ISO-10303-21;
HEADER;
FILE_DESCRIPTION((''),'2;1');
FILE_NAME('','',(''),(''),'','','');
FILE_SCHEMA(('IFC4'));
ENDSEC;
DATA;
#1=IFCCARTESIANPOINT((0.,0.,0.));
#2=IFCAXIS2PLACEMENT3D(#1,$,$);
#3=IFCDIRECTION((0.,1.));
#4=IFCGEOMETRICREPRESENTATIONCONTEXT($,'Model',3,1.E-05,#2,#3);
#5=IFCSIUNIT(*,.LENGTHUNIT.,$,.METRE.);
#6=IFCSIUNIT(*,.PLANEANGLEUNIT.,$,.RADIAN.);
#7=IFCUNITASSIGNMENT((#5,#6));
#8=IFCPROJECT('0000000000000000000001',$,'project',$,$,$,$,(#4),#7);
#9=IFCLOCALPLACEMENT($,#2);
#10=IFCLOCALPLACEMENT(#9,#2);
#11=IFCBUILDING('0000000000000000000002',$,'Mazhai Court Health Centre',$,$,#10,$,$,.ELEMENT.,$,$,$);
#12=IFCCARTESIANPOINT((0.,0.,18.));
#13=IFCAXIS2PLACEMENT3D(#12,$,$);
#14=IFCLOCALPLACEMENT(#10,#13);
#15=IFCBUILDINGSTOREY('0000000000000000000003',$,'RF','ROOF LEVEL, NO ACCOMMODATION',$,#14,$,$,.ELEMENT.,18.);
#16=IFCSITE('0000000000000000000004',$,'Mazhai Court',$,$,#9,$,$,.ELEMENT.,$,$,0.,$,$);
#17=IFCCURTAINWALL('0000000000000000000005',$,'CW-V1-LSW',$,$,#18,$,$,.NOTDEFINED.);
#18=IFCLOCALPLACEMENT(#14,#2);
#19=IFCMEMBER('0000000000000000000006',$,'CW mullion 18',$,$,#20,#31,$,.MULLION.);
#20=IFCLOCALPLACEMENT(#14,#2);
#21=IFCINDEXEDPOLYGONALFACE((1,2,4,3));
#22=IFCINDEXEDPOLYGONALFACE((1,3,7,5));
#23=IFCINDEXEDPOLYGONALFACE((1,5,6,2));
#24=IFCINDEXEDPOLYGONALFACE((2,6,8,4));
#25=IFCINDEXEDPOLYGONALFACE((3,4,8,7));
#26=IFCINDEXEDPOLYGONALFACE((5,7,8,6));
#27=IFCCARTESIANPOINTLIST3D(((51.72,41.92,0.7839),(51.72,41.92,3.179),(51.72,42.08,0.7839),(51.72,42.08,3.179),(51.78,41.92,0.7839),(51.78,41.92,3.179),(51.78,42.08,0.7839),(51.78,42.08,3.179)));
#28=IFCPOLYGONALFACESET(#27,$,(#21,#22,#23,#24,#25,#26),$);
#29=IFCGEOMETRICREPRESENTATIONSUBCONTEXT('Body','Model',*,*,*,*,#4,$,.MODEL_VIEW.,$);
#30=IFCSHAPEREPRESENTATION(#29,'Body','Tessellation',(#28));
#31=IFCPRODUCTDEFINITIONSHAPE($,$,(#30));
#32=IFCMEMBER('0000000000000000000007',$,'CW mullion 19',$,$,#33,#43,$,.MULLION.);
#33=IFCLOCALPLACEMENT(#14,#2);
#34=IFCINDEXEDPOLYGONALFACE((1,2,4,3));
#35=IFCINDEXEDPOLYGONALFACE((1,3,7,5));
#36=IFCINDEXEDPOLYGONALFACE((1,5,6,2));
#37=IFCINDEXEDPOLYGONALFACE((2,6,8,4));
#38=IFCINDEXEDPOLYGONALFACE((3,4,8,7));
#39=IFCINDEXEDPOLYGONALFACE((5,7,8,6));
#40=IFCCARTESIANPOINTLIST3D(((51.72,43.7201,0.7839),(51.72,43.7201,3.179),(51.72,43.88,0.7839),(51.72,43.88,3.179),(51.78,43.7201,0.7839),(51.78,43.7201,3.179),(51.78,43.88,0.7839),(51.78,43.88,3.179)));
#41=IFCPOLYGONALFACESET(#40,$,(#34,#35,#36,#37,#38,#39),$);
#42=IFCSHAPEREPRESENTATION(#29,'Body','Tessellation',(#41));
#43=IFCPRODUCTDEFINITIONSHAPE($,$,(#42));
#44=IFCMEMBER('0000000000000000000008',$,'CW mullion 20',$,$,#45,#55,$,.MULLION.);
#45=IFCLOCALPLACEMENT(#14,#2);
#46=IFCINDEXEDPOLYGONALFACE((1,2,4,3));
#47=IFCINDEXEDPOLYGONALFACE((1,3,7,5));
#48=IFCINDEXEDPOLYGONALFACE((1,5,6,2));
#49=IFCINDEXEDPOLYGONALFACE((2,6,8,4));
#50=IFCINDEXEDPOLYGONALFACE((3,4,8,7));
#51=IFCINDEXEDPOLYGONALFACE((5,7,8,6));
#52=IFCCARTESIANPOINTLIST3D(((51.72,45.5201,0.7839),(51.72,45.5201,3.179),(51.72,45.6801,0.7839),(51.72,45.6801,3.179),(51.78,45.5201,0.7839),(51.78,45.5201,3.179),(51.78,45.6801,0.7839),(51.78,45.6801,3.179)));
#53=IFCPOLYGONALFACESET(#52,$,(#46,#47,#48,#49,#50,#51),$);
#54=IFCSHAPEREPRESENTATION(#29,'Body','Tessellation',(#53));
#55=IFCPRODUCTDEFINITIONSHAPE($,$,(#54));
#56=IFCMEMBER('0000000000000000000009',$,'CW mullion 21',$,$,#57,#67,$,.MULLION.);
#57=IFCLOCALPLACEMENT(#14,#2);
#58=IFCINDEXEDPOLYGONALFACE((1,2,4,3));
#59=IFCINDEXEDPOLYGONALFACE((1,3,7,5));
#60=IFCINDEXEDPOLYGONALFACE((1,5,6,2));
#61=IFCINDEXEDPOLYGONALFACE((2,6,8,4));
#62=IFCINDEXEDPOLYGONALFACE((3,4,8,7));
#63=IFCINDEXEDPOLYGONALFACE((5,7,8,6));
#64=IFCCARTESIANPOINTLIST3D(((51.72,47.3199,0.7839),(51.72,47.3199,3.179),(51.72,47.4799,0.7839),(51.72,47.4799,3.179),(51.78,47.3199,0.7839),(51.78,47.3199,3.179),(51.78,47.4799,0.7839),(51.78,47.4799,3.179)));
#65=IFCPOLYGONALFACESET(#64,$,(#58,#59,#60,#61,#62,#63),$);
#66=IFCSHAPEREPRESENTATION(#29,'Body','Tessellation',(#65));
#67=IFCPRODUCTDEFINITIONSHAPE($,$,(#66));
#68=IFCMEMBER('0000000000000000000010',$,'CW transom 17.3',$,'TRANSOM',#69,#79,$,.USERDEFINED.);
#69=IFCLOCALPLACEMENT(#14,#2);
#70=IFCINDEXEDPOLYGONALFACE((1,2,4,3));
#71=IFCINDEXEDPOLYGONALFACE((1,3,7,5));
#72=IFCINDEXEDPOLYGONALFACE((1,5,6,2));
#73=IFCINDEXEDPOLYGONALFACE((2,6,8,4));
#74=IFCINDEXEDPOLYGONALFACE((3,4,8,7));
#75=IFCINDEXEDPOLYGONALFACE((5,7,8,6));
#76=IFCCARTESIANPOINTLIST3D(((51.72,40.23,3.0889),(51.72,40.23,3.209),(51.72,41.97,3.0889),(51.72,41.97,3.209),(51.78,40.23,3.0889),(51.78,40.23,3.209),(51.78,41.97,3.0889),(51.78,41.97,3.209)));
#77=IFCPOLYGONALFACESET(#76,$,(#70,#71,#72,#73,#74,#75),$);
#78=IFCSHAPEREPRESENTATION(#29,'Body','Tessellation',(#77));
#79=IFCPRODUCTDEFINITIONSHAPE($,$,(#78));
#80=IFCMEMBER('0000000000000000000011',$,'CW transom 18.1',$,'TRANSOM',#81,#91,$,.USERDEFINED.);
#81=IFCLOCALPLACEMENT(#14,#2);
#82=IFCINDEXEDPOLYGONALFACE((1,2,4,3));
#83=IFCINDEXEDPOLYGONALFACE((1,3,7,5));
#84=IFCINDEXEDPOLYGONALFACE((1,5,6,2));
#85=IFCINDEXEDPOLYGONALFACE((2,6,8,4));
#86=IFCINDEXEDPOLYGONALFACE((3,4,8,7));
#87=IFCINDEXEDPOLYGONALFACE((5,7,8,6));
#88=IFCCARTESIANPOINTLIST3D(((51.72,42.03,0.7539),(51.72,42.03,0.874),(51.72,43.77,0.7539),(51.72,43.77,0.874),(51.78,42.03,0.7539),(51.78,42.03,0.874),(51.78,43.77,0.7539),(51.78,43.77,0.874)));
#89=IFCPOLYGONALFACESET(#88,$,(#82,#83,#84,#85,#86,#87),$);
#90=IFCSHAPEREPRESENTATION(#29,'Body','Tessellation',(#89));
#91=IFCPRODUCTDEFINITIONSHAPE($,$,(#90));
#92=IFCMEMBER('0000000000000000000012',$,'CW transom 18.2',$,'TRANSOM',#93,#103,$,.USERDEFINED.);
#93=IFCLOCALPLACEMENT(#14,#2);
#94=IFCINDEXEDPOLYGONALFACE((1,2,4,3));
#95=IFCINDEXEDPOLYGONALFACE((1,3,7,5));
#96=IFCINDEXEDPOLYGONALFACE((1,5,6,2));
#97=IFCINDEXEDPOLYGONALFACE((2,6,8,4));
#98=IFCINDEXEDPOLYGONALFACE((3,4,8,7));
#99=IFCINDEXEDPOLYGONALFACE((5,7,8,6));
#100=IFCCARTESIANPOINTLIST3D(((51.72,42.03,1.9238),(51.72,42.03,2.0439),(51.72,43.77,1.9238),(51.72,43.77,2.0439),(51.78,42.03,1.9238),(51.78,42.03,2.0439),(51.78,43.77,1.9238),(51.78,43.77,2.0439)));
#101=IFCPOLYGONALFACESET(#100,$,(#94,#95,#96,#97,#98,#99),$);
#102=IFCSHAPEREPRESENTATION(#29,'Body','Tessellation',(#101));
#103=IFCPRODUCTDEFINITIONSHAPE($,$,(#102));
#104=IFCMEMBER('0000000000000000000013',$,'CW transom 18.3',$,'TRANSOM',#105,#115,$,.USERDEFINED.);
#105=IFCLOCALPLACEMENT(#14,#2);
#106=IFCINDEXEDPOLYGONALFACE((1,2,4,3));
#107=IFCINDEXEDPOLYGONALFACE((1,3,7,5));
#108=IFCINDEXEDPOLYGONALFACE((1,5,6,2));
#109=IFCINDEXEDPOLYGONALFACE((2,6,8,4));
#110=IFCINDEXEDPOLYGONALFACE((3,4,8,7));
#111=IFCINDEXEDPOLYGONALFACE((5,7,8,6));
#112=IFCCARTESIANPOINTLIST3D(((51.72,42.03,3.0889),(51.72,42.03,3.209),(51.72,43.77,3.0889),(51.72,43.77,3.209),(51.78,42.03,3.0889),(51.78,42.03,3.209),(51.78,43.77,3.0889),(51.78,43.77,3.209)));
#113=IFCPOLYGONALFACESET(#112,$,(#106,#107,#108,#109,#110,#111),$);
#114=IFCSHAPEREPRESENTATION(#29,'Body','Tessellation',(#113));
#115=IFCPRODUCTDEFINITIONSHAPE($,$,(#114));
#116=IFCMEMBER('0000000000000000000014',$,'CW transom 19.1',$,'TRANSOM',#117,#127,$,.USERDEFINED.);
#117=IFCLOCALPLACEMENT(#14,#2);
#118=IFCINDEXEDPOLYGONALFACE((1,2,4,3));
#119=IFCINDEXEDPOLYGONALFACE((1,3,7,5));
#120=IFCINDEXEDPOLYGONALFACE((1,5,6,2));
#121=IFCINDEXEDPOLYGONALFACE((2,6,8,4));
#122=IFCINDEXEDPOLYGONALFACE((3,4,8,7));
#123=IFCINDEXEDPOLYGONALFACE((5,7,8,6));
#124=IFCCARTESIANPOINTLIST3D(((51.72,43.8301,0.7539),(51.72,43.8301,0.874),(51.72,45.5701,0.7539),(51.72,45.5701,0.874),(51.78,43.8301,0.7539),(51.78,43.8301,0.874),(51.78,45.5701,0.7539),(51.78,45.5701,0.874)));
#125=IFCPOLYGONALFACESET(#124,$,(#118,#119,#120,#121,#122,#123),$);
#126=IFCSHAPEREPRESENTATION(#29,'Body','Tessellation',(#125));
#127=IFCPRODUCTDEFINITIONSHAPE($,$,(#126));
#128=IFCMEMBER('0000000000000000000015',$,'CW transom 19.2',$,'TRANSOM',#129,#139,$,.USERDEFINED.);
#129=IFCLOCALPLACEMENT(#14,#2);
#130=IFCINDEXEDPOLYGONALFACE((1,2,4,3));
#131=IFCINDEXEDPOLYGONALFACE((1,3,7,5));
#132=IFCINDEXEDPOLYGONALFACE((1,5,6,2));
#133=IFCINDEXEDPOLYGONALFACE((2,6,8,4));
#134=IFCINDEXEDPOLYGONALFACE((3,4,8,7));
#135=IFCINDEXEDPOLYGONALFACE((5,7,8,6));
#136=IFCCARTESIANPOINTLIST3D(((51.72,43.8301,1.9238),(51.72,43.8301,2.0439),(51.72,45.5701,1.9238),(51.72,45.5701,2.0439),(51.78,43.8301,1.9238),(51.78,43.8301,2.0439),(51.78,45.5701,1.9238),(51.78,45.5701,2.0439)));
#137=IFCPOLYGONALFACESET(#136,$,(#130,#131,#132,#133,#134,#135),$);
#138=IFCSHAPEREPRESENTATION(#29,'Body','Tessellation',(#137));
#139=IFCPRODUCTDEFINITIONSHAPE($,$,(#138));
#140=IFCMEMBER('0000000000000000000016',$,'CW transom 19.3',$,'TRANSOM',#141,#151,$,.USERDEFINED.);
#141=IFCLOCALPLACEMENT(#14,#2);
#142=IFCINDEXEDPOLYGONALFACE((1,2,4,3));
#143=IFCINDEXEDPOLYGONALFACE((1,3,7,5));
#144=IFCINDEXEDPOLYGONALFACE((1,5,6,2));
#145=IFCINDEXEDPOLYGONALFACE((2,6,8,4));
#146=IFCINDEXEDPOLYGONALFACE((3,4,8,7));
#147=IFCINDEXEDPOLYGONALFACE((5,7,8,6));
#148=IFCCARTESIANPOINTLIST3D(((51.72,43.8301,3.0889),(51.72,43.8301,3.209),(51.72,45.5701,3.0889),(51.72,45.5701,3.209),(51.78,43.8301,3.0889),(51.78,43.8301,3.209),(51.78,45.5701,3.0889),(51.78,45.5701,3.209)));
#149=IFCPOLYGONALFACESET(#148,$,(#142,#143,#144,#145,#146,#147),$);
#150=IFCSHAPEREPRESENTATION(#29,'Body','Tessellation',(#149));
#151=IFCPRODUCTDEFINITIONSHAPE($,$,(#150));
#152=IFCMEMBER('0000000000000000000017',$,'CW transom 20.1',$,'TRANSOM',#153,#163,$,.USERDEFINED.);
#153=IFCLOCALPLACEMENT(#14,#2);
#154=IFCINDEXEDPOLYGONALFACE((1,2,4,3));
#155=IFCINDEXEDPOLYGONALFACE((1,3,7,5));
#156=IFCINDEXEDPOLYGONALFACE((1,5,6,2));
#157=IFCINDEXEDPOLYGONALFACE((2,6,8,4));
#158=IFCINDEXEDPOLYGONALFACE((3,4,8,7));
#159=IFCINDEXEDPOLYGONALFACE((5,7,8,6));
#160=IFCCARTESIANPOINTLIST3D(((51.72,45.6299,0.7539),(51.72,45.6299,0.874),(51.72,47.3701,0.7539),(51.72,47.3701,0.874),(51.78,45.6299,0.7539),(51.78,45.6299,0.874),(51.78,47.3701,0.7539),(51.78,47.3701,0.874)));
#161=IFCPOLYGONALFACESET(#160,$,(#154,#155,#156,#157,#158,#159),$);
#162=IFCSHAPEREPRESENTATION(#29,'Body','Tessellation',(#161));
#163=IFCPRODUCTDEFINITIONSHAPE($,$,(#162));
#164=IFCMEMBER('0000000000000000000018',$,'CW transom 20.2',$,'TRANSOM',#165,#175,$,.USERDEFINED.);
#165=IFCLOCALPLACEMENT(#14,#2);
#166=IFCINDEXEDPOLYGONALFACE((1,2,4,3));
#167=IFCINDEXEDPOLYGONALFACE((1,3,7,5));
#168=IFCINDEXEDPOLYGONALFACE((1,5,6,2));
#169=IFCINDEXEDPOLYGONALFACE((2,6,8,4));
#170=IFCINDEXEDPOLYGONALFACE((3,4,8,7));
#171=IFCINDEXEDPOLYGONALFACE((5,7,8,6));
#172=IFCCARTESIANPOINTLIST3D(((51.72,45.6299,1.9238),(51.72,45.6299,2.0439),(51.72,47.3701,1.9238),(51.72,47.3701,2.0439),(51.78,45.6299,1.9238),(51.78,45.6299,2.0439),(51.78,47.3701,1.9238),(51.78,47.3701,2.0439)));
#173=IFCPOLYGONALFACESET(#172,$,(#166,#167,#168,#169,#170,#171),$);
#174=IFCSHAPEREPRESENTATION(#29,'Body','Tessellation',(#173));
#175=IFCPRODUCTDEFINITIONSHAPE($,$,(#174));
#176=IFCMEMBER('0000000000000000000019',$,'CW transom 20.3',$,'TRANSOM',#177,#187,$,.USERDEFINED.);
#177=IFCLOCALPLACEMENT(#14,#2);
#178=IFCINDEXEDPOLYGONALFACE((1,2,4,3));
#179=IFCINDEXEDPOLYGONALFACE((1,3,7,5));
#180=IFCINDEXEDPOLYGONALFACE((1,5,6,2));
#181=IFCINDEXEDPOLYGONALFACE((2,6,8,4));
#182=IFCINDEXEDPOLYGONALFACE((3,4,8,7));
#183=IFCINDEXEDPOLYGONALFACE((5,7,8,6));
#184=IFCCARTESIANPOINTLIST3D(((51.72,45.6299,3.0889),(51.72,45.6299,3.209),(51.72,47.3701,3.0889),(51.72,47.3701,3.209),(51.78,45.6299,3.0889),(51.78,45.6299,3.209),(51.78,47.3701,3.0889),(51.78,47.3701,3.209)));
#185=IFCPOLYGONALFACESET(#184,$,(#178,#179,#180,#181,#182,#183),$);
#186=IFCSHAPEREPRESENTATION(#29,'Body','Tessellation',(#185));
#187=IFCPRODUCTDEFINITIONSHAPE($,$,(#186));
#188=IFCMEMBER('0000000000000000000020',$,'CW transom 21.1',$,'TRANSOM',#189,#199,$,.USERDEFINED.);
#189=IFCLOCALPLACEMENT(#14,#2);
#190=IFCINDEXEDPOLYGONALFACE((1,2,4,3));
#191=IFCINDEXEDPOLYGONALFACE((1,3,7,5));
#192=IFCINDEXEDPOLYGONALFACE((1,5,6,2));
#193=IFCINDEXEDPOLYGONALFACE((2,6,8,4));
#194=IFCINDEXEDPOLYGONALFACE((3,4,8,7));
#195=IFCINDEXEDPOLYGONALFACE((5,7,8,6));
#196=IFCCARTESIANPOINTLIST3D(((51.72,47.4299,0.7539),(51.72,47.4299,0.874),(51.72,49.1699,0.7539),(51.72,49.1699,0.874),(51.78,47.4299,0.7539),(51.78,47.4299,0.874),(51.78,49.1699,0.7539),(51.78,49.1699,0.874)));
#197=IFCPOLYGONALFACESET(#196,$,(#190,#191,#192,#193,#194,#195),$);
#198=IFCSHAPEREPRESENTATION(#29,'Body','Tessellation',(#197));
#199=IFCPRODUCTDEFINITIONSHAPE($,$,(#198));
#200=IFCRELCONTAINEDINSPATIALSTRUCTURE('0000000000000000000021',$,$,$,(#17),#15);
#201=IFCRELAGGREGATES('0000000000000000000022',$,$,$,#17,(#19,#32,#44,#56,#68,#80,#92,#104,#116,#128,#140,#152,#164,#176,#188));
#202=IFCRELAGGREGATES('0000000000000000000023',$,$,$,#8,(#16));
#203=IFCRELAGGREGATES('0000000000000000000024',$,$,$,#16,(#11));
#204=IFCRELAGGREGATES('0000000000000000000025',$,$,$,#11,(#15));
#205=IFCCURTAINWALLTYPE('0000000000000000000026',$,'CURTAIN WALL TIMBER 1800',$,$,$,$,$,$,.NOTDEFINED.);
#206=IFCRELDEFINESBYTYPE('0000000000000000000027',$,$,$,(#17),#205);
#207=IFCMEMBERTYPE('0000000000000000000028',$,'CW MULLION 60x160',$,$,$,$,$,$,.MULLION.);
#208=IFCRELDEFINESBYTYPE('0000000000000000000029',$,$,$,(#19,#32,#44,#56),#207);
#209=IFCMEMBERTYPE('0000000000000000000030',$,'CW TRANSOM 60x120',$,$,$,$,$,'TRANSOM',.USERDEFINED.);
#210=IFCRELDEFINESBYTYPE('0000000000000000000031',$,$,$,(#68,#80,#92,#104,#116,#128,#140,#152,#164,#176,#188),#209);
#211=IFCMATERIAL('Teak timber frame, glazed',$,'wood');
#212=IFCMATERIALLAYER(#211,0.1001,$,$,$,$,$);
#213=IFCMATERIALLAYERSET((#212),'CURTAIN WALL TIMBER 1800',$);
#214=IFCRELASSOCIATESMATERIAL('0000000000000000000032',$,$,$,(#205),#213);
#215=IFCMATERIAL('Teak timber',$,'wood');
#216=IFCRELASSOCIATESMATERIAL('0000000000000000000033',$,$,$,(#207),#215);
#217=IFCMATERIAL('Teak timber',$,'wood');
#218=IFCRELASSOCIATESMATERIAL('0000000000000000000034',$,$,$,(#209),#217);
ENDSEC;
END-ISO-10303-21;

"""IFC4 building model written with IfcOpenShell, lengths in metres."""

from ifc_helpers import new_model, si_unit, direction, frame, origin, origin_2d, place, context, subcontext, project, spatial, rectangle, extrude, material, layer, layer_set, material_profile, profile_set, type_object, element, aggregate, save


model = new_model("IFC4")

# Units and contexts
model_context = context("Model", 3, precision=1e-05, world=origin(), true_north=direction((0.0, 1.0)))
body_context = subcontext(model_context, "Body", "Model", "MODEL_VIEW")
ifc_project = project(units=[si_unit("LENGTHUNIT", "METRE"), si_unit("PLANEANGLEUNIT", "RADIAN")], contexts=[model_context])

# Site, building, storey
site_placement = place(None, origin())
site = spatial("IfcSite", under=ifc_project, at=site_placement, Name="Mazhai Court", CompositionType="ELEMENT", RefElevation=0.0)
building_placement = place(site_placement, origin())
building = spatial("IfcBuilding", under=site, at=building_placement, Name="Mazhai Court Health Centre", CompositionType="ELEMENT")
storey_placement = place(building_placement, frame((0.0, 0.0, 18.0)))
storey = spatial("IfcBuildingStorey", under=building, at=storey_placement, Name="RF", Description="ROOF LEVEL, NO ACCOMMODATION", CompositionType="ELEMENT", Elevation=18.0)

# Curtain wall, members
ifc_material_1 = material(Name="Teak timber frame, glazed", Category="wood")
ifc_layer_1 = layer(ifc_material_1, 0.1001)
ifc_layer_set_1 = layer_set([ifc_layer_1], Name="CURTAIN WALL TIMBER 1800")
curtain_wall_type = type_object("IfcCurtainWallType", Name="CURTAIN WALL TIMBER 1800", PredefinedType="NOTDEFINED", material=ifc_layer_set_1)
curtain_wall_placement = place(storey_placement, origin())
curtain_wall = element("IfcCurtainWall", 1, at=curtain_wall_placement, inside=storey, type_object=curtain_wall_type, Name="CW-V1-LSW", PredefinedType="NOTDEFINED")
ifc_material_2 = material(Name="Teak timber", Category="wood")
ifc_material_profile_1 = material_profile(ifc_material_2, rectangle(XDim=0.0601, YDim=0.1599, at=origin_2d()), Name="CW MULLION 60x160")
ifc_profile_set_1 = profile_set([ifc_material_profile_1], Name="Teak timber")
member_type_1 = type_object("IfcMemberType", Name="CW MULLION 60x160", PredefinedType="MULLION", material=ifc_profile_set_1)
member_1_placement = place(storey_placement, frame((51.75, 42.0, 0.7839), z_axis=(0.0, 0.0, 1.0), x_axis=(-1.0, 0.0, 0.0)))
member_1 = element("IfcMember", 2, at=member_1_placement, type_object=member_type_1, Name="CW mullion 18", PredefinedType="MULLION", context=body_context, shape_type="SweptSolid", body=[
    extrude(rectangle(XDim=0.0601, YDim=0.1599, at=origin_2d()), origin(), (0.0, 0.0, 1.0), 2.395),
])
member_2_placement = place(storey_placement, frame((51.75, 43.8, 0.7839), z_axis=(0.0, 0.0, 1.0), x_axis=(-1.0, 0.0, 0.0)))
member_2 = element("IfcMember", 3, at=member_2_placement, type_object=member_type_1, Name="CW mullion 19", PredefinedType="MULLION", context=body_context, shape_type="SweptSolid", body=[
    extrude(rectangle(XDim=0.0601, YDim=0.1599, at=origin_2d()), origin(), (0.0, 0.0, 1.0), 2.395),
])
member_3_placement = place(storey_placement, frame((51.75, 45.6001, 0.7839), z_axis=(0.0, 0.0, 1.0), x_axis=(-1.0, 0.0, 0.0)))
member_3 = element("IfcMember", 4, at=member_3_placement, type_object=member_type_1, Name="CW mullion 20", PredefinedType="MULLION", context=body_context, shape_type="SweptSolid", body=[
    extrude(rectangle(XDim=0.0601, YDim=0.1599, at=origin_2d()), origin(), (0.0, 0.0, 1.0), 2.395),
])
member_4_placement = place(storey_placement, frame((51.75, 47.3999, 0.7839), z_axis=(0.0, 0.0, 1.0), x_axis=(-1.0, 0.0, 0.0)))
member_4 = element("IfcMember", 5, at=member_4_placement, type_object=member_type_1, Name="CW mullion 21", PredefinedType="MULLION", context=body_context, shape_type="SweptSolid", body=[
    extrude(rectangle(XDim=0.0601, YDim=0.1599, at=origin_2d()), origin(), (0.0, 0.0, 1.0), 2.395),
])
ifc_material_3 = material(Name="Teak timber", Category="wood")
ifc_material_profile_2 = material_profile(ifc_material_3, rectangle(XDim=0.0601, YDim=0.1201, at=origin_2d()), Name="CW TRANSOM 60x120")
ifc_profile_set_2 = profile_set([ifc_material_profile_2], Name="Teak timber")
member_type_2 = type_object("IfcMemberType", Name="CW TRANSOM 60x120", ElementType="TRANSOM", PredefinedType="USERDEFINED", material=ifc_profile_set_2)
member_5_placement = place(storey_placement, frame((51.75, 40.23, 3.1489), z_axis=(0.0, 1.0, 0.0), x_axis=(-1.0, 0.0, 0.0)))
member_5 = element("IfcMember", 6, at=member_5_placement, type_object=member_type_2, Name="CW transom 17.3", ObjectType="TRANSOM", PredefinedType="USERDEFINED", context=body_context, shape_type="SweptSolid", body=[
    extrude(rectangle(XDim=0.0601, YDim=0.1201, at=origin_2d()), origin(), (0.0, 0.0, 1.0), 1.74),
])
member_6_placement = place(storey_placement, frame((51.75, 42.03, 0.814), z_axis=(0.0, 1.0, 0.0), x_axis=(-1.0, 0.0, 0.0)))
member_6 = element("IfcMember", 7, at=member_6_placement, type_object=member_type_2, Name="CW transom 18.1", ObjectType="TRANSOM", PredefinedType="USERDEFINED", context=body_context, shape_type="SweptSolid", body=[
    extrude(rectangle(XDim=0.0601, YDim=0.1201, at=origin_2d()), origin(), (0.0, 0.0, 1.0), 1.74),
])
member_7_placement = place(storey_placement, frame((51.75, 42.03, 1.9839), z_axis=(0.0, 1.0, 0.0), x_axis=(-1.0, 0.0, 0.0)))
member_7 = element("IfcMember", 8, at=member_7_placement, type_object=member_type_2, Name="CW transom 18.2", ObjectType="TRANSOM", PredefinedType="USERDEFINED", context=body_context, shape_type="SweptSolid", body=[
    extrude(rectangle(XDim=0.0601, YDim=0.1201, at=origin_2d()), origin(), (0.0, 0.0, 1.0), 1.74),
])
member_8_placement = place(storey_placement, frame((51.75, 42.03, 3.1489), z_axis=(0.0, 1.0, 0.0), x_axis=(-1.0, 0.0, 0.0)))
member_8 = element("IfcMember", 9, at=member_8_placement, type_object=member_type_2, Name="CW transom 18.3", ObjectType="TRANSOM", PredefinedType="USERDEFINED", context=body_context, shape_type="SweptSolid", body=[
    extrude(rectangle(XDim=0.0601, YDim=0.1201, at=origin_2d()), origin(), (0.0, 0.0, 1.0), 1.74),
])
member_9_placement = place(storey_placement, frame((51.75, 43.8301, 0.814), z_axis=(0.0, 1.0, 0.0), x_axis=(-1.0, 0.0, 0.0)))
member_9 = element("IfcMember", 10, at=member_9_placement, type_object=member_type_2, Name="CW transom 19.1", ObjectType="TRANSOM", PredefinedType="USERDEFINED", context=body_context, shape_type="SweptSolid", body=[
    extrude(rectangle(XDim=0.0601, YDim=0.1201, at=origin_2d()), origin(), (0.0, 0.0, 1.0), 1.74),
])
member_10_placement = place(storey_placement, frame((51.75, 43.8301, 1.9839), z_axis=(0.0, 1.0, 0.0), x_axis=(-1.0, 0.0, 0.0)))
member_10 = element("IfcMember", 11, at=member_10_placement, type_object=member_type_2, Name="CW transom 19.2", ObjectType="TRANSOM", PredefinedType="USERDEFINED", context=body_context, shape_type="SweptSolid", body=[
    extrude(rectangle(XDim=0.0601, YDim=0.1201, at=origin_2d()), origin(), (0.0, 0.0, 1.0), 1.74),
])
member_11_placement = place(storey_placement, frame((51.75, 43.8301, 3.1489), z_axis=(0.0, 1.0, 0.0), x_axis=(-1.0, 0.0, 0.0)))
member_11 = element("IfcMember", 12, at=member_11_placement, type_object=member_type_2, Name="CW transom 19.3", ObjectType="TRANSOM", PredefinedType="USERDEFINED", context=body_context, shape_type="SweptSolid", body=[
    extrude(rectangle(XDim=0.0601, YDim=0.1201, at=origin_2d()), origin(), (0.0, 0.0, 1.0), 1.74),
])
member_12_placement = place(storey_placement, frame((51.75, 45.6299, 0.814), z_axis=(0.0, 1.0, 0.0), x_axis=(-1.0, 0.0, 0.0)))
member_12 = element("IfcMember", 13, at=member_12_placement, type_object=member_type_2, Name="CW transom 20.1", ObjectType="TRANSOM", PredefinedType="USERDEFINED", context=body_context, shape_type="SweptSolid", body=[
    extrude(rectangle(XDim=0.0601, YDim=0.1201, at=origin_2d()), origin(), (0.0, 0.0, 1.0), 1.7402),
])
member_13_placement = place(storey_placement, frame((51.75, 45.6299, 1.9839), z_axis=(0.0, 1.0, 0.0), x_axis=(-1.0, 0.0, 0.0)))
member_13 = element("IfcMember", 14, at=member_13_placement, type_object=member_type_2, Name="CW transom 20.2", ObjectType="TRANSOM", PredefinedType="USERDEFINED", context=body_context, shape_type="SweptSolid", body=[
    extrude(rectangle(XDim=0.0601, YDim=0.1201, at=origin_2d()), origin(), (0.0, 0.0, 1.0), 1.7402),
])
member_14_placement = place(storey_placement, frame((51.75, 45.6299, 3.1489), z_axis=(0.0, 1.0, 0.0), x_axis=(-1.0, 0.0, 0.0)))
member_14 = element("IfcMember", 15, at=member_14_placement, type_object=member_type_2, Name="CW transom 20.3", ObjectType="TRANSOM", PredefinedType="USERDEFINED", context=body_context, shape_type="SweptSolid", body=[
    extrude(rectangle(XDim=0.0601, YDim=0.1201, at=origin_2d()), origin(), (0.0, 0.0, 1.0), 1.7402),
])
member_15_placement = place(storey_placement, frame((51.75, 47.4299, 0.814), z_axis=(0.0, 1.0, 0.0), x_axis=(-1.0, 0.0, 0.0)))
member_15 = element("IfcMember", 16, at=member_15_placement, type_object=member_type_2, Name="CW transom 21.1", ObjectType="TRANSOM", PredefinedType="USERDEFINED", context=body_context, shape_type="SweptSolid", body=[
    extrude(rectangle(XDim=0.0601, YDim=0.1201, at=origin_2d()), origin(), (0.0, 0.0, 1.0), 1.74),
])
aggregate(curtain_wall, [member_1, member_2, member_3, member_4, member_5, member_6, member_7, member_8, member_9, member_10, member_11, member_12, member_13, member_14, member_15])

save(model, "model.ifc")
